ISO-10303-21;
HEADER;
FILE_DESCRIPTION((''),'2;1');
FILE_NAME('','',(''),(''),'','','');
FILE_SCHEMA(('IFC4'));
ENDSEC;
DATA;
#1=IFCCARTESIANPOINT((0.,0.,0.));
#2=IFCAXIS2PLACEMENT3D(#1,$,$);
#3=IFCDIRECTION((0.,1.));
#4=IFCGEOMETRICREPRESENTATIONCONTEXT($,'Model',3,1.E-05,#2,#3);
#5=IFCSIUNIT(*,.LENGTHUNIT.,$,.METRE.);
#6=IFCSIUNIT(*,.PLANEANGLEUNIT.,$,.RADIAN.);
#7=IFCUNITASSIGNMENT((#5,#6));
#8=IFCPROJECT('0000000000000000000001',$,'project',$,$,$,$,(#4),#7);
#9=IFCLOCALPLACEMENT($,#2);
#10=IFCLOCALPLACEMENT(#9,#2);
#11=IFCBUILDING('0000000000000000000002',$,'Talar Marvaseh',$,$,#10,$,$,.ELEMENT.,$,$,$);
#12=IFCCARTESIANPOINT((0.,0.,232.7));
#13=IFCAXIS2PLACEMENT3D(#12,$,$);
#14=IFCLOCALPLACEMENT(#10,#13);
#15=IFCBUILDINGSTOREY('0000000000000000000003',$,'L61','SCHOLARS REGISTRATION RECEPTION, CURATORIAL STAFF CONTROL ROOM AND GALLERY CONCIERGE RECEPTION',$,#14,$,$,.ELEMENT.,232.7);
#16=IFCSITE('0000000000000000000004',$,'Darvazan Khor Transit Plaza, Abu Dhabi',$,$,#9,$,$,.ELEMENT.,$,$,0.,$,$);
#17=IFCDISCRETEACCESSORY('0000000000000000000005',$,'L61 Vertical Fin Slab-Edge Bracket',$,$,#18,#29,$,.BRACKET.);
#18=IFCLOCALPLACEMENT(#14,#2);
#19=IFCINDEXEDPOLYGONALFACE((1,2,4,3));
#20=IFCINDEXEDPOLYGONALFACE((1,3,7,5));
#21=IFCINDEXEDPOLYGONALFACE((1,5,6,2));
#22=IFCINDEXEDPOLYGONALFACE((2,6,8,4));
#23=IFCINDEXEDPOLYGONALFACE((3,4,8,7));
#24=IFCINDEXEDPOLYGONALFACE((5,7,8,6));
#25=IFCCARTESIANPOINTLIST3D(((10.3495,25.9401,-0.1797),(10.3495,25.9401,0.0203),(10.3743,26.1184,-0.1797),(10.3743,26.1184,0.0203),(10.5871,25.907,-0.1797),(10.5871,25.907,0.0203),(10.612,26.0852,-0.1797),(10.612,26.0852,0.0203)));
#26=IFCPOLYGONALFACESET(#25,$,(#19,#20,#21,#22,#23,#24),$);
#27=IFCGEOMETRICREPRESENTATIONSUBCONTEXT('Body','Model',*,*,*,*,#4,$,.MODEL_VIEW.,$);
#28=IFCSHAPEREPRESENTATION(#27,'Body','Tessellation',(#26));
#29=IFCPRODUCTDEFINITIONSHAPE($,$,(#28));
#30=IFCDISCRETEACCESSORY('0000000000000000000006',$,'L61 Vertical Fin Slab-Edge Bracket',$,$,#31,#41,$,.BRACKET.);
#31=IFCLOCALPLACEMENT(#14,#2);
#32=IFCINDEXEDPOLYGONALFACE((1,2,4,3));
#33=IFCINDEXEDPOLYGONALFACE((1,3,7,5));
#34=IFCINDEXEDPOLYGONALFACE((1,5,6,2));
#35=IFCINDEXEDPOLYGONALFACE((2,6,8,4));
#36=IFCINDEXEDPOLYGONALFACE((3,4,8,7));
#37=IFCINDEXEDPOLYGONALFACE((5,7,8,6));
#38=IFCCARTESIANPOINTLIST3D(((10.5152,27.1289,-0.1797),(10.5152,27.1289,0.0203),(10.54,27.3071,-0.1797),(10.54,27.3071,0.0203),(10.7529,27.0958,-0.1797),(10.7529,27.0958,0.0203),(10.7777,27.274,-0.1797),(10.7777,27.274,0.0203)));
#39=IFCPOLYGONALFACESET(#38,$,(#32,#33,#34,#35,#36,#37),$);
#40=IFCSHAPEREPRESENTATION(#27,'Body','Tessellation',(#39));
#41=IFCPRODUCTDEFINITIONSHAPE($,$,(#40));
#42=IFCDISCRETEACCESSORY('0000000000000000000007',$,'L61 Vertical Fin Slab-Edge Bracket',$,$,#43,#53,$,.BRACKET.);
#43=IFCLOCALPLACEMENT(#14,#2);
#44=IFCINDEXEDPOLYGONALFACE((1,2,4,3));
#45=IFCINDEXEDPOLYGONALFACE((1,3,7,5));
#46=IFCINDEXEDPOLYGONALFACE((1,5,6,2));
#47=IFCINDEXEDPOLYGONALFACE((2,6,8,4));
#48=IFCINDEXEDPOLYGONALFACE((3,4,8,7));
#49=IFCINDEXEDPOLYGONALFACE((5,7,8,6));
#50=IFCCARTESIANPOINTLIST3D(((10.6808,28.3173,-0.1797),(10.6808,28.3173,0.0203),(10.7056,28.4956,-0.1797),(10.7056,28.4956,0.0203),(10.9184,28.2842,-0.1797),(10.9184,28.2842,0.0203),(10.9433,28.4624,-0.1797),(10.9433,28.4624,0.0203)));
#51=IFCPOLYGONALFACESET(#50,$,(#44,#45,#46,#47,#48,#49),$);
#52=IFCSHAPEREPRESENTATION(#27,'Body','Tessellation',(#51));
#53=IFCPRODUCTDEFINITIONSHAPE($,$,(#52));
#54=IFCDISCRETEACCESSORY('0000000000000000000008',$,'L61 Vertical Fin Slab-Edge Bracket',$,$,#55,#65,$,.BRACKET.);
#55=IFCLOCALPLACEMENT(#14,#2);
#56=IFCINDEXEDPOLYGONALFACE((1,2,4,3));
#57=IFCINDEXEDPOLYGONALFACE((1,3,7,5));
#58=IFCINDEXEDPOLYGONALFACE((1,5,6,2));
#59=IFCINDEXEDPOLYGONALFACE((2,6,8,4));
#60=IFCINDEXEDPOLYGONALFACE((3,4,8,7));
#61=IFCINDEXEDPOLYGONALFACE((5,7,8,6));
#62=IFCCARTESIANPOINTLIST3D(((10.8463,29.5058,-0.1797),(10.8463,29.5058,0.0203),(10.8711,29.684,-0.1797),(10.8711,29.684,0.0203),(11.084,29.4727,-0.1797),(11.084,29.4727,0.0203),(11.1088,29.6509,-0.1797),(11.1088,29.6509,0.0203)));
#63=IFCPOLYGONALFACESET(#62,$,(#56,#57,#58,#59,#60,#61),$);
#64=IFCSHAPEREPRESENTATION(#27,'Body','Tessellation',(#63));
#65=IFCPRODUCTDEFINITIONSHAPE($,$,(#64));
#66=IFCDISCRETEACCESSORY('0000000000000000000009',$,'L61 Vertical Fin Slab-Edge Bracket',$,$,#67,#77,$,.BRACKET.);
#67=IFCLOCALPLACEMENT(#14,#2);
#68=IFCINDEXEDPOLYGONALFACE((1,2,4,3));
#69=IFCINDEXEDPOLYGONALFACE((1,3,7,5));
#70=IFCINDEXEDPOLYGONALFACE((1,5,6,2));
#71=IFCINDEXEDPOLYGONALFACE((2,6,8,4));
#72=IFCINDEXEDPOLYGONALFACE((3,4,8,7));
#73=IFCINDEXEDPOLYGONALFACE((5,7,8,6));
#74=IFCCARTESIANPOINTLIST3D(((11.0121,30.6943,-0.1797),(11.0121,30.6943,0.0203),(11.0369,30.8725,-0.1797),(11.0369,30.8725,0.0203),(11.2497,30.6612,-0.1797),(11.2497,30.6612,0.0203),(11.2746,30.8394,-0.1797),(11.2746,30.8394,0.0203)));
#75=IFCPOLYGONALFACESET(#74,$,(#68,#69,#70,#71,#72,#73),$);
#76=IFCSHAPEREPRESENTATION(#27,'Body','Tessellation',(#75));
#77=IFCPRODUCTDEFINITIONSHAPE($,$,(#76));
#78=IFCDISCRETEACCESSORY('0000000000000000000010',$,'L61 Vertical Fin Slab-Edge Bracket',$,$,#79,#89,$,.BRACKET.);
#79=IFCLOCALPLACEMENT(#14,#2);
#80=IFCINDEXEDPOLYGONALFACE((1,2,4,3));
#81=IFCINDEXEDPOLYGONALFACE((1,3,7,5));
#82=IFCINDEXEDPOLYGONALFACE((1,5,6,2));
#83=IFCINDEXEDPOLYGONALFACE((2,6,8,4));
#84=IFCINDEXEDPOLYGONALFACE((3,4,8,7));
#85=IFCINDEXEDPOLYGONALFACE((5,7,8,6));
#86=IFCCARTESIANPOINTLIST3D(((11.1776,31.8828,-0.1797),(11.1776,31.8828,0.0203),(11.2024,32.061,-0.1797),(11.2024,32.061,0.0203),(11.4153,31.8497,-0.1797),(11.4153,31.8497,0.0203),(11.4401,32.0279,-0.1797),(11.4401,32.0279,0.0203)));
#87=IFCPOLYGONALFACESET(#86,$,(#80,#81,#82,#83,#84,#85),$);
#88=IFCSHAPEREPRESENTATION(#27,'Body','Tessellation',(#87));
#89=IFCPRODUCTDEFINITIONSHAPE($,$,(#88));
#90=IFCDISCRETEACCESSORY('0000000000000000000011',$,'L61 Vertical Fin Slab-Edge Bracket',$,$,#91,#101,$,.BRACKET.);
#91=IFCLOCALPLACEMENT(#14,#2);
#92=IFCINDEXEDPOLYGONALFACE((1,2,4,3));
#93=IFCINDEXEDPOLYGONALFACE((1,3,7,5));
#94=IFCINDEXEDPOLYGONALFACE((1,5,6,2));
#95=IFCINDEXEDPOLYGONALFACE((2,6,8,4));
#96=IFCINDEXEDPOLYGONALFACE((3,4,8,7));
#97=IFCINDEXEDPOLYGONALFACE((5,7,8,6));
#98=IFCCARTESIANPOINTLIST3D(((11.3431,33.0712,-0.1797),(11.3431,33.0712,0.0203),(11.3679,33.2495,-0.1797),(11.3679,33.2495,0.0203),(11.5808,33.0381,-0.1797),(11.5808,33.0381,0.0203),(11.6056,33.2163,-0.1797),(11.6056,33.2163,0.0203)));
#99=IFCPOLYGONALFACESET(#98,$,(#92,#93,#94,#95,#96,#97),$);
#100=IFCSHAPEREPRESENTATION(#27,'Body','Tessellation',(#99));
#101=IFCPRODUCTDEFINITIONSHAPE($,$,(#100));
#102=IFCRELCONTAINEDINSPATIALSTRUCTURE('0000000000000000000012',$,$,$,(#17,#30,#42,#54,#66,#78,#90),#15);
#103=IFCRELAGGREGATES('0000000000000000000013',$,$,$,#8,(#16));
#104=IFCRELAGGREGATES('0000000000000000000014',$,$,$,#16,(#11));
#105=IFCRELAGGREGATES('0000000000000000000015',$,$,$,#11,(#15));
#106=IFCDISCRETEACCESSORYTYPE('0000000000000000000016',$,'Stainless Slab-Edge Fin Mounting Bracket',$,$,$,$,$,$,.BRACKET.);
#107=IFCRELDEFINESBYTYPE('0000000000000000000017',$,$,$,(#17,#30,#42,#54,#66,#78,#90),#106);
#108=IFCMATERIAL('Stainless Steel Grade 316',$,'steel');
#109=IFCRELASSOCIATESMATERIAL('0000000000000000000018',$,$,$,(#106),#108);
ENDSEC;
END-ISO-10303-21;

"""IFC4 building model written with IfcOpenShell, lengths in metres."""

from ifc_helpers import new_model, si_unit, direction, frame, origin, origin_2d, place, context, subcontext, project, spatial, rectangle, extrude, source, transform, mapped, material, type_object, type_shapes, element, save


model = new_model("IFC4")

# Units and contexts
model_context = context("Model", 3, precision=1e-05, world=origin(), true_north=direction((0.0, 1.0)))
body_context = subcontext(model_context, "Body", "Model", "MODEL_VIEW")
ifc_project = project(units=[si_unit("LENGTHUNIT", "METRE"), si_unit("PLANEANGLEUNIT", "RADIAN")], contexts=[model_context])

# Site, building, storey
site_placement = place(None, origin())
site = spatial("IfcSite", under=ifc_project, at=site_placement, Name="Darvazan Khor Transit Plaza, Abu Dhabi", CompositionType="ELEMENT", RefElevation=0.0)
building_placement = place(site_placement, origin())
building = spatial("IfcBuilding", under=site, at=building_placement, Name="Talar Marvaseh", CompositionType="ELEMENT")
storey_placement = place(building_placement, frame((0.0, 0.0, 232.7)))
storey = spatial("IfcBuildingStorey", under=building, at=storey_placement, Name="L61", Description="SCHOLARS REGISTRATION RECEPTION, CURATORIAL STAFF CONTROL ROOM AND GALLERY CONCIERGE RECEPTION", CompositionType="ELEMENT", Elevation=232.7)

# Shared definitions
ifc_material_1 = material(Name="Stainless Steel Grade 316", Category="steel")

# Discrete accessories
discrete_accessory_type = type_object("IfcDiscreteAccessoryType", Name="Stainless Slab-Edge Fin Mounting Bracket", PredefinedType="BRACKET", material=ifc_material_1)
shared_shape_1 = source(origin(), body_context, "Body", "SweptSolid", [
    extrude(rectangle(XDim=0.24, YDim=0.1799, at=origin_2d()), origin(), (0.0, 0.0, 1.0), 0.2),
])
type_shapes(discrete_accessory_type, [shared_shape_1])
for number, where, z_axis, x_axis, name in (
    (1, (10.4807, 26.0127, -0.1797), (0.0, 0.0, 1.0), (-0.990437, 0.137963, 0.0), "L61 Vertical Fin Slab-Edge Bracket"),
    (2, (10.6465, 27.2014, -0.1797), (0.0, 0.0, 1.0), (-0.990437, 0.137963, 0.0), "L61 Vertical Fin Slab-Edge Bracket"),
    (3, (10.812, 28.3899, -0.1797), (0.0, 0.0, 1.0), (-0.990437, 0.137963, 0.0), "L61 Vertical Fin Slab-Edge Bracket"),
    (4, (10.9775, 29.5784, -0.1797), (0.0, 0.0, 1.0), (-0.990437, 0.137963, 0.0), "L61 Vertical Fin Slab-Edge Bracket"),
    (5, (11.1433, 30.7668, -0.1797), (0.0, 0.0, 1.0), (-0.990437, 0.137963, 0.0), "L61 Vertical Fin Slab-Edge Bracket"),
    (6, (11.3088, 31.9553, -0.1797), (0.0, 0.0, 1.0), (-0.990437, 0.137963, 0.0), "L61 Vertical Fin Slab-Edge Bracket"),
    (7, (11.4744, 33.1438, -0.1797), (0.0, 0.0, 1.0), (-0.990437, 0.137963, 0.0), "L61 Vertical Fin Slab-Edge Bracket"),
):
    element("IfcDiscreteAccessory", number, at=place(storey_placement, frame(where, z_axis=z_axis, x_axis=x_axis)), inside=storey, type_object=discrete_accessory_type, Name=name, PredefinedType="BRACKET", context=body_context, shape_type="MappedRepresentation", body=[
        mapped(shared_shape_1, transform((0.0, 0.0, 0.0), x_axis=(1.0, 0.0, 0.0), y_axis=(0.0, 1.0, 0.0), z_axis=(0.0, 0.0, 1.0), scale=1.0)),
    ])

save(model, "model.ifc")
